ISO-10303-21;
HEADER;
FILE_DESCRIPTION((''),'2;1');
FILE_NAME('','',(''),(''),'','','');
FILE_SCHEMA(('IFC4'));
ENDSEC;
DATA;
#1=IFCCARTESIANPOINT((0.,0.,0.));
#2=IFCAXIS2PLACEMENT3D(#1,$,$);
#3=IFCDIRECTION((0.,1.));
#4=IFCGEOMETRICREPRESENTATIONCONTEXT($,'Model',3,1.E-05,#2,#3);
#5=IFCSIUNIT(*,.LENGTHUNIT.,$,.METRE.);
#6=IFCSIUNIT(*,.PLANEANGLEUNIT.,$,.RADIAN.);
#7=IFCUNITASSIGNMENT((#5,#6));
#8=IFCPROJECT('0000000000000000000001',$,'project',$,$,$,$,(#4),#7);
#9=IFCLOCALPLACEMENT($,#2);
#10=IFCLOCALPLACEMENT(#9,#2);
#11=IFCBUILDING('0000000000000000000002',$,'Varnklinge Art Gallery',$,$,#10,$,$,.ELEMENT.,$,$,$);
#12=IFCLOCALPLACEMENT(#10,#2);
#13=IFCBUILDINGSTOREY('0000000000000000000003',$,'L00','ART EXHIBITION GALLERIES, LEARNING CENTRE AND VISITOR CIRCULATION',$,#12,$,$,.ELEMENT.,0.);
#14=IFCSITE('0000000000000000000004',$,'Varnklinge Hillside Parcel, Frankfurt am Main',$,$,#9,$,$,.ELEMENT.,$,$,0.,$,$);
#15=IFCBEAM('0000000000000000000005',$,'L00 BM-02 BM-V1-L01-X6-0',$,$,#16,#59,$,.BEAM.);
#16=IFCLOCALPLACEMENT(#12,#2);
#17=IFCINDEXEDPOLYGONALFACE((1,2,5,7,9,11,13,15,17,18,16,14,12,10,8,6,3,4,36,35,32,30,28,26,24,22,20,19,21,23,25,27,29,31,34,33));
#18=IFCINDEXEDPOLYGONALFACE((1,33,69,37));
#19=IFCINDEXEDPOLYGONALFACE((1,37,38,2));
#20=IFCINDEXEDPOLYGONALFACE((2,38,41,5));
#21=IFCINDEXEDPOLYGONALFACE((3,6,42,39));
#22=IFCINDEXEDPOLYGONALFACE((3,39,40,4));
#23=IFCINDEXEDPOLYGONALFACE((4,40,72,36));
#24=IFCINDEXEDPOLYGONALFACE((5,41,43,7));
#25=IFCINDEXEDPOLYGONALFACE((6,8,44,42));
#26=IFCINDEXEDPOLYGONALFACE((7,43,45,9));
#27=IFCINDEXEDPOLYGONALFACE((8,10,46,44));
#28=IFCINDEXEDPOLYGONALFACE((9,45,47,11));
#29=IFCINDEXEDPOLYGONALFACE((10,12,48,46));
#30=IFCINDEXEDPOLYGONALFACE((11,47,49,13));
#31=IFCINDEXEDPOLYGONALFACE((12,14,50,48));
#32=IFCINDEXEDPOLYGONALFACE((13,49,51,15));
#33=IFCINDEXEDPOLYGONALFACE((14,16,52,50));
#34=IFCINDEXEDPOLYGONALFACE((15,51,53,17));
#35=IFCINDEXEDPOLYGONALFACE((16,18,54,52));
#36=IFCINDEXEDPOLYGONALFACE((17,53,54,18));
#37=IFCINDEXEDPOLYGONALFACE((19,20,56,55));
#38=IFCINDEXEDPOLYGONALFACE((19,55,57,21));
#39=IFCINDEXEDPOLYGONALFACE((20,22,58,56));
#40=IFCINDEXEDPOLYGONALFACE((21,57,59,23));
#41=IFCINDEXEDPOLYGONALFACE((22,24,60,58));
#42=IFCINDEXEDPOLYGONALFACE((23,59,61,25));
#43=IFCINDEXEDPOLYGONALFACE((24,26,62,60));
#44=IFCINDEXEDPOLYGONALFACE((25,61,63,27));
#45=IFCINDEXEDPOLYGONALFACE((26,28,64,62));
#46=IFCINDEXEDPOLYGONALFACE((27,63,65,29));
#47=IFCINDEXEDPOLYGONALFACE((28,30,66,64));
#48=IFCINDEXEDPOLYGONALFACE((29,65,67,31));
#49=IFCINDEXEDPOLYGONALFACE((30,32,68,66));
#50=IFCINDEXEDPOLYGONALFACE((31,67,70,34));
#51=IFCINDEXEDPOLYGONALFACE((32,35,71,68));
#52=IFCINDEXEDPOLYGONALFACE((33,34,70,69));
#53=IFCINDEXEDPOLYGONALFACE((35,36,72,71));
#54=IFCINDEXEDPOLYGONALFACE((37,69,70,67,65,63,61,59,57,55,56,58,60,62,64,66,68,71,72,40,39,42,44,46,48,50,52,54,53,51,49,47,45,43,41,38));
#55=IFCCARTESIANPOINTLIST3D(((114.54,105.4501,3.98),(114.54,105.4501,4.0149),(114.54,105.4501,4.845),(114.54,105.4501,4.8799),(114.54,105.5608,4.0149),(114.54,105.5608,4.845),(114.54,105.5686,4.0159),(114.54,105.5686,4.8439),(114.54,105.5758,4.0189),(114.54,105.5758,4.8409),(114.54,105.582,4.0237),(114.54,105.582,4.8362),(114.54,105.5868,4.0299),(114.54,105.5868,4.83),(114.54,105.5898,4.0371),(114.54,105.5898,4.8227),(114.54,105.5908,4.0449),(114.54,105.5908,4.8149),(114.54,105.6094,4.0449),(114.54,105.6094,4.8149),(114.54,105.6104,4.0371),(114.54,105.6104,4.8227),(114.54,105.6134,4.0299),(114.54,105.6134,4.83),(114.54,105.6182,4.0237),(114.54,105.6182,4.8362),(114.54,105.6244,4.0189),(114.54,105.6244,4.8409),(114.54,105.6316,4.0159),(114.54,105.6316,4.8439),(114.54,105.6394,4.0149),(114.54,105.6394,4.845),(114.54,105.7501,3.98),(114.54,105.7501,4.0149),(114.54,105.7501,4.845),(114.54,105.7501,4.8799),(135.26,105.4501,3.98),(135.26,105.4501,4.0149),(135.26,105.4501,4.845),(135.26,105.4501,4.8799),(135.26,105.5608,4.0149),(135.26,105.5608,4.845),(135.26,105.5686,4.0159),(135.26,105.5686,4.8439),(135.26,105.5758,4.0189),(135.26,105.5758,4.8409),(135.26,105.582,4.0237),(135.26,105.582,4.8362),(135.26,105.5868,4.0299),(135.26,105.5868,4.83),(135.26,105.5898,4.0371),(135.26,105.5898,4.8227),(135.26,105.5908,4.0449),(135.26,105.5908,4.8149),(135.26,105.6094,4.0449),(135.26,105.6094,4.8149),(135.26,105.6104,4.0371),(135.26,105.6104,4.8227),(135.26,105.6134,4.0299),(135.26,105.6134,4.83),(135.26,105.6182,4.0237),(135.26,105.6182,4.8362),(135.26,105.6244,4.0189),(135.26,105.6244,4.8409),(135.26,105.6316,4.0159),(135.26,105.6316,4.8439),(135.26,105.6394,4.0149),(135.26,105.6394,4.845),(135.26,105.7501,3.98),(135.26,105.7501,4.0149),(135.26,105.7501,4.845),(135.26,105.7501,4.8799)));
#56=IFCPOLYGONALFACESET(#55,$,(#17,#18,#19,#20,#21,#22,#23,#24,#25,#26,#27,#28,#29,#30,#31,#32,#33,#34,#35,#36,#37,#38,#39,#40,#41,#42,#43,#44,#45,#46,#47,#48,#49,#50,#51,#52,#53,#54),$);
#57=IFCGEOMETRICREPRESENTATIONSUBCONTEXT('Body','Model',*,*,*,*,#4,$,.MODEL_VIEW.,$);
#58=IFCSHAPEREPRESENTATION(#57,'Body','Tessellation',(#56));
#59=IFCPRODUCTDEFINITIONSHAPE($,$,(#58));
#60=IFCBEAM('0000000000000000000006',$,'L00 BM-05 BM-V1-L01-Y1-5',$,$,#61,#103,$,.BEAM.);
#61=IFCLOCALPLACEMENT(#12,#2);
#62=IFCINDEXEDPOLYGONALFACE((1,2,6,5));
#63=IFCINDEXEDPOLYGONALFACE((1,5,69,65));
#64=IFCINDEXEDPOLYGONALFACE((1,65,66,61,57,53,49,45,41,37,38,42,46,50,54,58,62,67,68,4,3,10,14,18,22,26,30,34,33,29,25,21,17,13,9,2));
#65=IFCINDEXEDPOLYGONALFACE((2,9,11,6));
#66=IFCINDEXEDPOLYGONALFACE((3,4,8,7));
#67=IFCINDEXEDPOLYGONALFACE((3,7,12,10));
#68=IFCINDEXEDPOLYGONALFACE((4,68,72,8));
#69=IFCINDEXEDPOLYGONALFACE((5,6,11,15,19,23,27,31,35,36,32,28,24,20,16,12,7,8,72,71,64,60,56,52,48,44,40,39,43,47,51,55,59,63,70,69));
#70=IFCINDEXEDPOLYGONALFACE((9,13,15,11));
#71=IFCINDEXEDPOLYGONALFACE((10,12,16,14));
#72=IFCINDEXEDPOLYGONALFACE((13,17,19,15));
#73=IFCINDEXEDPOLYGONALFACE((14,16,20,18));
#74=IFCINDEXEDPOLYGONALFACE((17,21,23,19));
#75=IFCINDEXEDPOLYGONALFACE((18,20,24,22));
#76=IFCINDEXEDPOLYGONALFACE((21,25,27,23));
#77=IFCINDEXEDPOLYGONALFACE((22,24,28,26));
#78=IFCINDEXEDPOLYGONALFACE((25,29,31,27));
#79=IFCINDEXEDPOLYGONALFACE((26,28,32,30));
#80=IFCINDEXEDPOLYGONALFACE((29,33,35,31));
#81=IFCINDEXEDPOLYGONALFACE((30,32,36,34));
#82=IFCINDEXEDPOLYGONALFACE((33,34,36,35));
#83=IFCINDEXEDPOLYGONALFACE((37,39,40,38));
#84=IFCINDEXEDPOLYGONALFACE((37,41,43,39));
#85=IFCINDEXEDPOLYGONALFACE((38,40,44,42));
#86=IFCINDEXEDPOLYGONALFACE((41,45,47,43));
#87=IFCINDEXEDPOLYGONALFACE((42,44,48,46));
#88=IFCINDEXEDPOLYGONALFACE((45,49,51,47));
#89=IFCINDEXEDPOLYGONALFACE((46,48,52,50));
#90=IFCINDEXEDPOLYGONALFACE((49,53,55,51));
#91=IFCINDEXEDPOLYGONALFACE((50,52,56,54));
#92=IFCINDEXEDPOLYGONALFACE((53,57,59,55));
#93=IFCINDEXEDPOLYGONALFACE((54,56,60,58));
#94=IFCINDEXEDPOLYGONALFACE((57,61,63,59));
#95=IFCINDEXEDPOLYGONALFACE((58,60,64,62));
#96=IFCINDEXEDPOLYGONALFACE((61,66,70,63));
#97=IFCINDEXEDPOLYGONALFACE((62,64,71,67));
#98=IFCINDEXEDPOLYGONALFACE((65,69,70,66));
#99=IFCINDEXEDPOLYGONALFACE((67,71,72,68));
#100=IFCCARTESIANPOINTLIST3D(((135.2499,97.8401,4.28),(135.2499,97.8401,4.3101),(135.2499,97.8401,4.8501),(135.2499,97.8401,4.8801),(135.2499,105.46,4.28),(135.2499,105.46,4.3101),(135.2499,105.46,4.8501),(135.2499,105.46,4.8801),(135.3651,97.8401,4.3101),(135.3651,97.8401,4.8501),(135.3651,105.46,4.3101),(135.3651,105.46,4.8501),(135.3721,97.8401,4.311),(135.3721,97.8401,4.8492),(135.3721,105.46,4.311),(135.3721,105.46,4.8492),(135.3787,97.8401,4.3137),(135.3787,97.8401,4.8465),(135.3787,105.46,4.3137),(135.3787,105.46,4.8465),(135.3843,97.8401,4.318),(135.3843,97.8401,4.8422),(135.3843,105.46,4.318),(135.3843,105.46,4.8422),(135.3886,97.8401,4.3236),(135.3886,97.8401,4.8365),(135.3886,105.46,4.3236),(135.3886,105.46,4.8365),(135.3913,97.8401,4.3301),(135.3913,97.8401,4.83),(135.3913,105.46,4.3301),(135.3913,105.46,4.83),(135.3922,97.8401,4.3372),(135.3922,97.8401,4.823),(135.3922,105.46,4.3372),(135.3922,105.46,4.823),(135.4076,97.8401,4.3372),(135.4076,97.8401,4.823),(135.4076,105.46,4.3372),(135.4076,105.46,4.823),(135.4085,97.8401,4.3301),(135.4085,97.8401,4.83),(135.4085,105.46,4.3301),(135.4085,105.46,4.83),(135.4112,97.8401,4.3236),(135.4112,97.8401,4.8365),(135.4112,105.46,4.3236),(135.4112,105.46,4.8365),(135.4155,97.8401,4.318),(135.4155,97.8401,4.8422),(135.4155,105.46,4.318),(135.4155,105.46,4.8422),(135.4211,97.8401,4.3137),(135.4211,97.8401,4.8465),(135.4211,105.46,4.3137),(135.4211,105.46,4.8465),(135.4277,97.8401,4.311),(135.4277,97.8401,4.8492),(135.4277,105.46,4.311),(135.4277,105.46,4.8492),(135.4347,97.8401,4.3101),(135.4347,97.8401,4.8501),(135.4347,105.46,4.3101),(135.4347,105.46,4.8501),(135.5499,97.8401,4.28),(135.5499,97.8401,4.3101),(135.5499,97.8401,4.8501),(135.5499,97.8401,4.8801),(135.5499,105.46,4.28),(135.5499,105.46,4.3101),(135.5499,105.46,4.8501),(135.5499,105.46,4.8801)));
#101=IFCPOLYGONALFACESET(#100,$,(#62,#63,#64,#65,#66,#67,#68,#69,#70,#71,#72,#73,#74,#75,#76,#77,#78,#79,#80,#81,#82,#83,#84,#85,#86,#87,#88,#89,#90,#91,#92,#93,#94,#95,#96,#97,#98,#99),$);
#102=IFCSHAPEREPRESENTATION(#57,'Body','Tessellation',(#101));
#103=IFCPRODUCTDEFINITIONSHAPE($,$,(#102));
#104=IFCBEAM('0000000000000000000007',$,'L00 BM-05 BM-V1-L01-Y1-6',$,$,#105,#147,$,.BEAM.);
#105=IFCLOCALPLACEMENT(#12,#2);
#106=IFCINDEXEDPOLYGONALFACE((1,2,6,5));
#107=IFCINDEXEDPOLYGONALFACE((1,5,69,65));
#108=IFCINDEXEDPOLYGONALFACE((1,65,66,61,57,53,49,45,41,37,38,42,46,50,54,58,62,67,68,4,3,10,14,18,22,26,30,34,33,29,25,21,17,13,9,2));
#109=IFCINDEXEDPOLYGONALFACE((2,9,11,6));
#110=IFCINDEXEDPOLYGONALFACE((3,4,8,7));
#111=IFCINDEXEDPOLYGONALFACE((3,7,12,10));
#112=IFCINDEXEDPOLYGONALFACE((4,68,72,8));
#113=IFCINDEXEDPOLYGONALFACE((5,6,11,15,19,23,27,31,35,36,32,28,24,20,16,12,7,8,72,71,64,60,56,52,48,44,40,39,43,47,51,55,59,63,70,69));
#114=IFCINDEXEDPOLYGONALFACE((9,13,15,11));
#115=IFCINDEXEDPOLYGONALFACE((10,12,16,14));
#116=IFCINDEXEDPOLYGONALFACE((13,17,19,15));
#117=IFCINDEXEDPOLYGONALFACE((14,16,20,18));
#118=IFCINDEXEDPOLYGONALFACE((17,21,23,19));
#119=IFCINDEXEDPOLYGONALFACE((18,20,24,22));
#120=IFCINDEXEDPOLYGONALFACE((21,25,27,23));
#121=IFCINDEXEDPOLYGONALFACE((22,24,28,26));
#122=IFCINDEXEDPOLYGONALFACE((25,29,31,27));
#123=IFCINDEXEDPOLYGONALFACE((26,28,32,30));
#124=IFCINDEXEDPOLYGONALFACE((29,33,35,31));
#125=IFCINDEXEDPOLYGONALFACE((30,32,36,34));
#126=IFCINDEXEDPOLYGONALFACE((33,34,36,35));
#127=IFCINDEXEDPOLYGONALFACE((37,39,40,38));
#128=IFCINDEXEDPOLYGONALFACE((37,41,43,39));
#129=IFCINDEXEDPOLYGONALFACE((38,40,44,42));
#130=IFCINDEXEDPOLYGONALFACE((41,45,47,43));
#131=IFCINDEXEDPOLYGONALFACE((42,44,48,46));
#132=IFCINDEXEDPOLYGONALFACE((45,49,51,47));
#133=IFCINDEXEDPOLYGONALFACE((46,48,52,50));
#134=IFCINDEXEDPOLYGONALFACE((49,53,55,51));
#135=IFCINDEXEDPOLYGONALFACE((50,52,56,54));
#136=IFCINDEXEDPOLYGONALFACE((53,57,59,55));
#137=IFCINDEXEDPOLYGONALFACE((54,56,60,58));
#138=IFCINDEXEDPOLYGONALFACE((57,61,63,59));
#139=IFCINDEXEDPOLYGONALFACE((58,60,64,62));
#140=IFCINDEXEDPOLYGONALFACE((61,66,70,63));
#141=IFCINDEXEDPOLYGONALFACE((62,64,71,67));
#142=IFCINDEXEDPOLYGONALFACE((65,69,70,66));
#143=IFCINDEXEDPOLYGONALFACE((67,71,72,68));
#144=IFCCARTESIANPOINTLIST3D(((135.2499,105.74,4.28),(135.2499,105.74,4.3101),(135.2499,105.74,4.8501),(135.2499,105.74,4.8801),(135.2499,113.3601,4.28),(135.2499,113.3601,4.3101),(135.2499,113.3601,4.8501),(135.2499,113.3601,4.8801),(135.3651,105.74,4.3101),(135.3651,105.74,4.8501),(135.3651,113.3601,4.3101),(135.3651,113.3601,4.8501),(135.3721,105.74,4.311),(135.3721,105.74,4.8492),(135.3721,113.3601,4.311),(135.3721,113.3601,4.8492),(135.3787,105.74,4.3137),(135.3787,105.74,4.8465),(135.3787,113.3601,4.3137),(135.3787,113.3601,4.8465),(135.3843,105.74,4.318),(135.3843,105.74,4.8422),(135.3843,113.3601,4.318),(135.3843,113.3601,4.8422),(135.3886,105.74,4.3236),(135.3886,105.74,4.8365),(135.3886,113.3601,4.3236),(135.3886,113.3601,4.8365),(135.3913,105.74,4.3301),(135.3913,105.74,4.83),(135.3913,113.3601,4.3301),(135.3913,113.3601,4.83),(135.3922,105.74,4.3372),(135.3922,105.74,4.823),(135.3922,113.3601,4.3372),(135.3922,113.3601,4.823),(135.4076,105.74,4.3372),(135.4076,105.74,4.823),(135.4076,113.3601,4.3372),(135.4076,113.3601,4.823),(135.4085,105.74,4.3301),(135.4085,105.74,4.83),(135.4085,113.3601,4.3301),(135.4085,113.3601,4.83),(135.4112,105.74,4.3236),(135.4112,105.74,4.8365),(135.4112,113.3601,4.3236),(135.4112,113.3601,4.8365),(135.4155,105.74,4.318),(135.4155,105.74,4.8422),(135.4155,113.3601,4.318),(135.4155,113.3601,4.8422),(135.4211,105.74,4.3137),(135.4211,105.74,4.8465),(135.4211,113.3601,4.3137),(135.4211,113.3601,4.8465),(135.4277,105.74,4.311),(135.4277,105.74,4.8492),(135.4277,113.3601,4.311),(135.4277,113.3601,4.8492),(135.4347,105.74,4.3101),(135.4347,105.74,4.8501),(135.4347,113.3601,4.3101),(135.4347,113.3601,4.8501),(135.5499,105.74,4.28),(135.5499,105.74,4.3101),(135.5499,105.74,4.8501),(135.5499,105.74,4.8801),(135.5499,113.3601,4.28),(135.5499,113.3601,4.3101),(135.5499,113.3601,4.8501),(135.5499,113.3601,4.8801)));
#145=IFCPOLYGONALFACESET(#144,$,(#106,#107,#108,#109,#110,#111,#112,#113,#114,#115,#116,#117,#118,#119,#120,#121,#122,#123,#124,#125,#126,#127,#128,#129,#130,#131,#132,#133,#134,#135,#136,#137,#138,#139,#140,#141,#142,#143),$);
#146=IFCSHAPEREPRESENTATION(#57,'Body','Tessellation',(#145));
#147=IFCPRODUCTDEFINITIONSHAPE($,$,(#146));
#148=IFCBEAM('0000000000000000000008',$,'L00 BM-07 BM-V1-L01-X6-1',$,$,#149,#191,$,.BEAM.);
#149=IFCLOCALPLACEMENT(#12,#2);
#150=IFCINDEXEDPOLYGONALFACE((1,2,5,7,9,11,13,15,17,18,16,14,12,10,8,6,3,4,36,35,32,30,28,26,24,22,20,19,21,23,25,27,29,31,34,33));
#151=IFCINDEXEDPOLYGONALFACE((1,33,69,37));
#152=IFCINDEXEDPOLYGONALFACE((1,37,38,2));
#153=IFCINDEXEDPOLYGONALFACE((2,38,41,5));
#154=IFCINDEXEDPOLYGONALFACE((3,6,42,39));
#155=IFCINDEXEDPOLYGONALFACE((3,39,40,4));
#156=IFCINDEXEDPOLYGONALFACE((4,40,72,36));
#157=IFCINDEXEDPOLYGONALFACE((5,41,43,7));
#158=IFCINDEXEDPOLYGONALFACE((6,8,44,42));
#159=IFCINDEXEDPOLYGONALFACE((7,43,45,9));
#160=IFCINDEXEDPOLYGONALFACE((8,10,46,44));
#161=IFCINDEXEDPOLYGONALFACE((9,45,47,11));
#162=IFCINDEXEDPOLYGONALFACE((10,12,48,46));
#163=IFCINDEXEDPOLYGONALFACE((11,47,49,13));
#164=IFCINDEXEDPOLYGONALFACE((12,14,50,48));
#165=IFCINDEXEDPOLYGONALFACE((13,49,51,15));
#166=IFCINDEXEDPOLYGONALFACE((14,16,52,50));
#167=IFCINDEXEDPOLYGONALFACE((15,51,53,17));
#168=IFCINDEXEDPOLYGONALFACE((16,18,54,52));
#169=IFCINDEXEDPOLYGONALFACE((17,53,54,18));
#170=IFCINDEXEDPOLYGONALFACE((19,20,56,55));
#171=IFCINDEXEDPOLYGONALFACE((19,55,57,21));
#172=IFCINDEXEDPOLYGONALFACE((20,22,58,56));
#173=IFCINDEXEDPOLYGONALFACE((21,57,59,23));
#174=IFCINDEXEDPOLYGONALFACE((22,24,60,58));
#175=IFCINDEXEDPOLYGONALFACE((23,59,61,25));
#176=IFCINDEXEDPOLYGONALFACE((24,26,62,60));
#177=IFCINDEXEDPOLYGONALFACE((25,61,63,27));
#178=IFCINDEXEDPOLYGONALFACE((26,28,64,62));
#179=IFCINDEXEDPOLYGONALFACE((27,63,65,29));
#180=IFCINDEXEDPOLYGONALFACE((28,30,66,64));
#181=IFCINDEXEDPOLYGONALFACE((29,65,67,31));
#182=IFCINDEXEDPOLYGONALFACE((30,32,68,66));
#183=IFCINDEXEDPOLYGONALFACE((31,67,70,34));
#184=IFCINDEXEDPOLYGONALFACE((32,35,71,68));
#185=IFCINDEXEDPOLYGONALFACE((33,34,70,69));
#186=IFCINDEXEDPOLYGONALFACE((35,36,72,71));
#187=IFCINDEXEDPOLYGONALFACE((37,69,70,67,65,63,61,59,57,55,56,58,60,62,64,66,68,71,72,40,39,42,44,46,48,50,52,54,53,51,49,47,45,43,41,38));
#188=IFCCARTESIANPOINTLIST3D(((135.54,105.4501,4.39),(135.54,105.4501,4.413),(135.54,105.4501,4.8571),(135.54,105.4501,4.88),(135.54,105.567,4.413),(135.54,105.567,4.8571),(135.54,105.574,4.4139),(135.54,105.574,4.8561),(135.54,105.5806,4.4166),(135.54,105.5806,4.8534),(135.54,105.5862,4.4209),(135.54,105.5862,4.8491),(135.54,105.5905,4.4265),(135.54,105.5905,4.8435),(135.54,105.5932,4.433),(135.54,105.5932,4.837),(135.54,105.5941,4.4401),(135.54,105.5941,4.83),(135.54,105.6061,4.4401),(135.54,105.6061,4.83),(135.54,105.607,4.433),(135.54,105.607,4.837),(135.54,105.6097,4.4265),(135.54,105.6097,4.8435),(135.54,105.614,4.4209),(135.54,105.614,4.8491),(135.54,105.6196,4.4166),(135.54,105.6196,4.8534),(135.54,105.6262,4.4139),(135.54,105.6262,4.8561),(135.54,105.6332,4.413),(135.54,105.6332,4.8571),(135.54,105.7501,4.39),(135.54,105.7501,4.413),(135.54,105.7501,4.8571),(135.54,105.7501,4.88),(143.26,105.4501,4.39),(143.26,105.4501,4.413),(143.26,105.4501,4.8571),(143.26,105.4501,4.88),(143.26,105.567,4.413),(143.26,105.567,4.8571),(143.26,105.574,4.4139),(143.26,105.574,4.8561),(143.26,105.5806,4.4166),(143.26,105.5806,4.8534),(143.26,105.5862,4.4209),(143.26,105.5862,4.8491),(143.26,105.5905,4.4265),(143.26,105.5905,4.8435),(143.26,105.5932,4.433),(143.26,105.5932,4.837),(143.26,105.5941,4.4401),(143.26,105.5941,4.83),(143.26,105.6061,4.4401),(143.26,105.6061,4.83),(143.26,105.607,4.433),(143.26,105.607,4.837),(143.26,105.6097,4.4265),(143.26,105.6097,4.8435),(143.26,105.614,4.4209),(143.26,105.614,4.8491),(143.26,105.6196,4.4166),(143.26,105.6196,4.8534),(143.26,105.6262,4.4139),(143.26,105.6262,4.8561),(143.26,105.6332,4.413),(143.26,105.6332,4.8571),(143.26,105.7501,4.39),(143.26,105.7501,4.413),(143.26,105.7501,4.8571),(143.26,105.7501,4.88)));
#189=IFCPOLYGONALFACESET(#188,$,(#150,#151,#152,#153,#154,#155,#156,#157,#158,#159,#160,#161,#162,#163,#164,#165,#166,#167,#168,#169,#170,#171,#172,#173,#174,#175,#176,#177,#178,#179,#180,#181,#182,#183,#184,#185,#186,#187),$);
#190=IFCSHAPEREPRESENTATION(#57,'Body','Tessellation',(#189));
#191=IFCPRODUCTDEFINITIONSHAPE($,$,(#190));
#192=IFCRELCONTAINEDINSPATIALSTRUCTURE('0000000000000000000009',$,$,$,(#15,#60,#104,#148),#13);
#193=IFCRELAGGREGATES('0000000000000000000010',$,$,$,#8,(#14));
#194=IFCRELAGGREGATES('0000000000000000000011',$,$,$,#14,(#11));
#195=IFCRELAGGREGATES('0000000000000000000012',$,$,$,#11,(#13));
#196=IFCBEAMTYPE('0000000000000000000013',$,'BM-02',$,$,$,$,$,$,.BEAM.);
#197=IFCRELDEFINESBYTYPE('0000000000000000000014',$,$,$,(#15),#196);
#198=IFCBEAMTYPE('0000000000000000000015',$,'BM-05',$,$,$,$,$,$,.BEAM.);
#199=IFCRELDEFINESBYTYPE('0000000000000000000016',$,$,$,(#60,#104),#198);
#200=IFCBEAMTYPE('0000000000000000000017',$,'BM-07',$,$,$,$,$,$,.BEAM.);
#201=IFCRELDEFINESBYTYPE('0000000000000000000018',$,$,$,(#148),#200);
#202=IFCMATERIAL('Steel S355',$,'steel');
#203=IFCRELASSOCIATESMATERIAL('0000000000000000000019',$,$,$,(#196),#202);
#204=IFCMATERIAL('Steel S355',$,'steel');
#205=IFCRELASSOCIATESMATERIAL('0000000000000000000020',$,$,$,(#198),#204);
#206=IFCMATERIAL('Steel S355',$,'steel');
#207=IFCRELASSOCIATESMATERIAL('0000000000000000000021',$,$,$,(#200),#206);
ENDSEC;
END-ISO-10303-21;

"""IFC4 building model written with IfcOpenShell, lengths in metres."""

from ifc_helpers import new_model, si_unit, direction, frame, origin, origin_2d, place, context, subcontext, project, spatial, i_section, extrude, material, material_profile, profile_set, type_object, element, save


model = new_model("IFC4")

# Units and contexts
model_context = context("Model", 3, precision=1e-05, world=origin(), true_north=direction((0.0, 1.0)))
body_context = subcontext(model_context, "Body", "Model", "MODEL_VIEW")
ifc_project = project(units=[si_unit("LENGTHUNIT", "METRE"), si_unit("PLANEANGLEUNIT", "RADIAN")], contexts=[model_context])

# Site, building, storey
site_placement = place(None, origin())
site = spatial("IfcSite", under=ifc_project, at=site_placement, Name="Varnklinge Hillside Parcel, Frankfurt am Main", CompositionType="ELEMENT", RefElevation=0.0)
building_placement = place(site_placement, origin())
building = spatial("IfcBuilding", under=site, at=building_placement, Name="Varnklinge Art Gallery", CompositionType="ELEMENT")
storey_placement = place(building_placement, origin())
storey = spatial("IfcBuildingStorey", under=building, at=storey_placement, Name="L00", Description="ART EXHIBITION GALLERIES, LEARNING CENTRE AND VISITOR CIRCULATION", CompositionType="ELEMENT", Elevation=0.0)

# Beams
ifc_material_1 = material(Name="Steel S355", Category="steel")
ifc_material_profile_1 = material_profile(ifc_material_1, i_section(OverallWidth=0.3, OverallDepth=0.8999, WebThickness=0.0186, FlangeThickness=0.0349, FilletRadius=0.03, at=origin_2d()), Name="HEB 900")
ifc_profile_set_1 = profile_set([ifc_material_profile_1], Name="Steel S355")
beam_type_1 = type_object("IfcBeamType", Name="BM-02", PredefinedType="BEAM", material=ifc_profile_set_1)
beam_1_placement = place(storey_placement, frame((114.54, 105.6001, 4.4299), z_axis=(1.0, 0.0, 0.0), x_axis=(0.0, 1.0, 0.0)))
element("IfcBeam", 1, at=beam_1_placement, inside=storey, type_object=beam_type_1, Name="L00 BM-02 BM-V1-L01-X6-0", PredefinedType="BEAM", context=body_context, shape_type="SweptSolid", body=[
    extrude(i_section(OverallWidth=0.3, OverallDepth=0.8999, WebThickness=0.0186, FlangeThickness=0.0349, FilletRadius=0.03, at=origin_2d()), origin(), (0.0, 0.0, 1.0), 20.72),
])
ifc_material_2 = material(Name="Steel S355", Category="steel")
ifc_material_profile_2 = material_profile(ifc_material_2, i_section(OverallWidth=0.3, OverallDepth=0.6001, WebThickness=0.0154, FlangeThickness=0.03, FilletRadius=0.0271, at=origin_2d()), Name="HEB 600")
ifc_profile_set_2 = profile_set([ifc_material_profile_2], Name="Steel S355")
beam_type_2 = type_object("IfcBeamType", Name="BM-05", PredefinedType="BEAM", material=ifc_profile_set_2)
beam_2_placement = place(storey_placement, frame((135.3999, 97.8401, 4.5801), z_axis=(0.0, 1.0, 0.0), x_axis=(-1.0, 0.0, 0.0)))
element("IfcBeam", 2, at=beam_2_placement, inside=storey, type_object=beam_type_2, Name="L00 BM-05 BM-V1-L01-Y1-5", PredefinedType="BEAM", context=body_context, shape_type="SweptSolid", body=[
    extrude(i_section(OverallWidth=0.3, OverallDepth=0.6001, WebThickness=0.0154, FlangeThickness=0.03, FilletRadius=0.0271, at=origin_2d()), origin(), (0.0, 0.0, 1.0), 7.6199),
])
beam_3_placement = place(storey_placement, frame((135.3999, 105.74, 4.5801), z_axis=(0.0, 1.0, 0.0), x_axis=(-1.0, 0.0, 0.0)))
element("IfcBeam", 3, at=beam_3_placement, inside=storey, type_object=beam_type_2, Name="L00 BM-05 BM-V1-L01-Y1-6", PredefinedType="BEAM", context=body_context, shape_type="SweptSolid", body=[
    extrude(i_section(OverallWidth=0.3, OverallDepth=0.6001, WebThickness=0.0154, FlangeThickness=0.03, FilletRadius=0.0271, at=origin_2d()), origin(), (0.0, 0.0, 1.0), 7.6201),
])
ifc_material_3 = material(Name="Steel S355", Category="steel")
ifc_material_profile_3 = material_profile(ifc_material_3, i_section(OverallWidth=0.3, OverallDepth=0.49, WebThickness=0.012, FlangeThickness=0.0229, FilletRadius=0.0271, at=origin_2d()), Name="HEA 500")
ifc_profile_set_3 = profile_set([ifc_material_profile_3], Name="Steel S355")
beam_type_3 = type_object("IfcBeamType", Name="BM-07", PredefinedType="BEAM", material=ifc_profile_set_3)
beam_4_placement = place(storey_placement, frame((135.54, 105.6001, 4.635), z_axis=(1.0, 0.0, 0.0), x_axis=(0.0, 1.0, 0.0)))
element("IfcBeam", 4, at=beam_4_placement, inside=storey, type_object=beam_type_3, Name="L00 BM-07 BM-V1-L01-X6-1", PredefinedType="BEAM", context=body_context, shape_type="SweptSolid", body=[
    extrude(i_section(OverallWidth=0.3, OverallDepth=0.49, WebThickness=0.012, FlangeThickness=0.0229, FilletRadius=0.0271, at=origin_2d()), origin(), (0.0, 0.0, 1.0), 7.72),
])

save(model, "model.ifc")
